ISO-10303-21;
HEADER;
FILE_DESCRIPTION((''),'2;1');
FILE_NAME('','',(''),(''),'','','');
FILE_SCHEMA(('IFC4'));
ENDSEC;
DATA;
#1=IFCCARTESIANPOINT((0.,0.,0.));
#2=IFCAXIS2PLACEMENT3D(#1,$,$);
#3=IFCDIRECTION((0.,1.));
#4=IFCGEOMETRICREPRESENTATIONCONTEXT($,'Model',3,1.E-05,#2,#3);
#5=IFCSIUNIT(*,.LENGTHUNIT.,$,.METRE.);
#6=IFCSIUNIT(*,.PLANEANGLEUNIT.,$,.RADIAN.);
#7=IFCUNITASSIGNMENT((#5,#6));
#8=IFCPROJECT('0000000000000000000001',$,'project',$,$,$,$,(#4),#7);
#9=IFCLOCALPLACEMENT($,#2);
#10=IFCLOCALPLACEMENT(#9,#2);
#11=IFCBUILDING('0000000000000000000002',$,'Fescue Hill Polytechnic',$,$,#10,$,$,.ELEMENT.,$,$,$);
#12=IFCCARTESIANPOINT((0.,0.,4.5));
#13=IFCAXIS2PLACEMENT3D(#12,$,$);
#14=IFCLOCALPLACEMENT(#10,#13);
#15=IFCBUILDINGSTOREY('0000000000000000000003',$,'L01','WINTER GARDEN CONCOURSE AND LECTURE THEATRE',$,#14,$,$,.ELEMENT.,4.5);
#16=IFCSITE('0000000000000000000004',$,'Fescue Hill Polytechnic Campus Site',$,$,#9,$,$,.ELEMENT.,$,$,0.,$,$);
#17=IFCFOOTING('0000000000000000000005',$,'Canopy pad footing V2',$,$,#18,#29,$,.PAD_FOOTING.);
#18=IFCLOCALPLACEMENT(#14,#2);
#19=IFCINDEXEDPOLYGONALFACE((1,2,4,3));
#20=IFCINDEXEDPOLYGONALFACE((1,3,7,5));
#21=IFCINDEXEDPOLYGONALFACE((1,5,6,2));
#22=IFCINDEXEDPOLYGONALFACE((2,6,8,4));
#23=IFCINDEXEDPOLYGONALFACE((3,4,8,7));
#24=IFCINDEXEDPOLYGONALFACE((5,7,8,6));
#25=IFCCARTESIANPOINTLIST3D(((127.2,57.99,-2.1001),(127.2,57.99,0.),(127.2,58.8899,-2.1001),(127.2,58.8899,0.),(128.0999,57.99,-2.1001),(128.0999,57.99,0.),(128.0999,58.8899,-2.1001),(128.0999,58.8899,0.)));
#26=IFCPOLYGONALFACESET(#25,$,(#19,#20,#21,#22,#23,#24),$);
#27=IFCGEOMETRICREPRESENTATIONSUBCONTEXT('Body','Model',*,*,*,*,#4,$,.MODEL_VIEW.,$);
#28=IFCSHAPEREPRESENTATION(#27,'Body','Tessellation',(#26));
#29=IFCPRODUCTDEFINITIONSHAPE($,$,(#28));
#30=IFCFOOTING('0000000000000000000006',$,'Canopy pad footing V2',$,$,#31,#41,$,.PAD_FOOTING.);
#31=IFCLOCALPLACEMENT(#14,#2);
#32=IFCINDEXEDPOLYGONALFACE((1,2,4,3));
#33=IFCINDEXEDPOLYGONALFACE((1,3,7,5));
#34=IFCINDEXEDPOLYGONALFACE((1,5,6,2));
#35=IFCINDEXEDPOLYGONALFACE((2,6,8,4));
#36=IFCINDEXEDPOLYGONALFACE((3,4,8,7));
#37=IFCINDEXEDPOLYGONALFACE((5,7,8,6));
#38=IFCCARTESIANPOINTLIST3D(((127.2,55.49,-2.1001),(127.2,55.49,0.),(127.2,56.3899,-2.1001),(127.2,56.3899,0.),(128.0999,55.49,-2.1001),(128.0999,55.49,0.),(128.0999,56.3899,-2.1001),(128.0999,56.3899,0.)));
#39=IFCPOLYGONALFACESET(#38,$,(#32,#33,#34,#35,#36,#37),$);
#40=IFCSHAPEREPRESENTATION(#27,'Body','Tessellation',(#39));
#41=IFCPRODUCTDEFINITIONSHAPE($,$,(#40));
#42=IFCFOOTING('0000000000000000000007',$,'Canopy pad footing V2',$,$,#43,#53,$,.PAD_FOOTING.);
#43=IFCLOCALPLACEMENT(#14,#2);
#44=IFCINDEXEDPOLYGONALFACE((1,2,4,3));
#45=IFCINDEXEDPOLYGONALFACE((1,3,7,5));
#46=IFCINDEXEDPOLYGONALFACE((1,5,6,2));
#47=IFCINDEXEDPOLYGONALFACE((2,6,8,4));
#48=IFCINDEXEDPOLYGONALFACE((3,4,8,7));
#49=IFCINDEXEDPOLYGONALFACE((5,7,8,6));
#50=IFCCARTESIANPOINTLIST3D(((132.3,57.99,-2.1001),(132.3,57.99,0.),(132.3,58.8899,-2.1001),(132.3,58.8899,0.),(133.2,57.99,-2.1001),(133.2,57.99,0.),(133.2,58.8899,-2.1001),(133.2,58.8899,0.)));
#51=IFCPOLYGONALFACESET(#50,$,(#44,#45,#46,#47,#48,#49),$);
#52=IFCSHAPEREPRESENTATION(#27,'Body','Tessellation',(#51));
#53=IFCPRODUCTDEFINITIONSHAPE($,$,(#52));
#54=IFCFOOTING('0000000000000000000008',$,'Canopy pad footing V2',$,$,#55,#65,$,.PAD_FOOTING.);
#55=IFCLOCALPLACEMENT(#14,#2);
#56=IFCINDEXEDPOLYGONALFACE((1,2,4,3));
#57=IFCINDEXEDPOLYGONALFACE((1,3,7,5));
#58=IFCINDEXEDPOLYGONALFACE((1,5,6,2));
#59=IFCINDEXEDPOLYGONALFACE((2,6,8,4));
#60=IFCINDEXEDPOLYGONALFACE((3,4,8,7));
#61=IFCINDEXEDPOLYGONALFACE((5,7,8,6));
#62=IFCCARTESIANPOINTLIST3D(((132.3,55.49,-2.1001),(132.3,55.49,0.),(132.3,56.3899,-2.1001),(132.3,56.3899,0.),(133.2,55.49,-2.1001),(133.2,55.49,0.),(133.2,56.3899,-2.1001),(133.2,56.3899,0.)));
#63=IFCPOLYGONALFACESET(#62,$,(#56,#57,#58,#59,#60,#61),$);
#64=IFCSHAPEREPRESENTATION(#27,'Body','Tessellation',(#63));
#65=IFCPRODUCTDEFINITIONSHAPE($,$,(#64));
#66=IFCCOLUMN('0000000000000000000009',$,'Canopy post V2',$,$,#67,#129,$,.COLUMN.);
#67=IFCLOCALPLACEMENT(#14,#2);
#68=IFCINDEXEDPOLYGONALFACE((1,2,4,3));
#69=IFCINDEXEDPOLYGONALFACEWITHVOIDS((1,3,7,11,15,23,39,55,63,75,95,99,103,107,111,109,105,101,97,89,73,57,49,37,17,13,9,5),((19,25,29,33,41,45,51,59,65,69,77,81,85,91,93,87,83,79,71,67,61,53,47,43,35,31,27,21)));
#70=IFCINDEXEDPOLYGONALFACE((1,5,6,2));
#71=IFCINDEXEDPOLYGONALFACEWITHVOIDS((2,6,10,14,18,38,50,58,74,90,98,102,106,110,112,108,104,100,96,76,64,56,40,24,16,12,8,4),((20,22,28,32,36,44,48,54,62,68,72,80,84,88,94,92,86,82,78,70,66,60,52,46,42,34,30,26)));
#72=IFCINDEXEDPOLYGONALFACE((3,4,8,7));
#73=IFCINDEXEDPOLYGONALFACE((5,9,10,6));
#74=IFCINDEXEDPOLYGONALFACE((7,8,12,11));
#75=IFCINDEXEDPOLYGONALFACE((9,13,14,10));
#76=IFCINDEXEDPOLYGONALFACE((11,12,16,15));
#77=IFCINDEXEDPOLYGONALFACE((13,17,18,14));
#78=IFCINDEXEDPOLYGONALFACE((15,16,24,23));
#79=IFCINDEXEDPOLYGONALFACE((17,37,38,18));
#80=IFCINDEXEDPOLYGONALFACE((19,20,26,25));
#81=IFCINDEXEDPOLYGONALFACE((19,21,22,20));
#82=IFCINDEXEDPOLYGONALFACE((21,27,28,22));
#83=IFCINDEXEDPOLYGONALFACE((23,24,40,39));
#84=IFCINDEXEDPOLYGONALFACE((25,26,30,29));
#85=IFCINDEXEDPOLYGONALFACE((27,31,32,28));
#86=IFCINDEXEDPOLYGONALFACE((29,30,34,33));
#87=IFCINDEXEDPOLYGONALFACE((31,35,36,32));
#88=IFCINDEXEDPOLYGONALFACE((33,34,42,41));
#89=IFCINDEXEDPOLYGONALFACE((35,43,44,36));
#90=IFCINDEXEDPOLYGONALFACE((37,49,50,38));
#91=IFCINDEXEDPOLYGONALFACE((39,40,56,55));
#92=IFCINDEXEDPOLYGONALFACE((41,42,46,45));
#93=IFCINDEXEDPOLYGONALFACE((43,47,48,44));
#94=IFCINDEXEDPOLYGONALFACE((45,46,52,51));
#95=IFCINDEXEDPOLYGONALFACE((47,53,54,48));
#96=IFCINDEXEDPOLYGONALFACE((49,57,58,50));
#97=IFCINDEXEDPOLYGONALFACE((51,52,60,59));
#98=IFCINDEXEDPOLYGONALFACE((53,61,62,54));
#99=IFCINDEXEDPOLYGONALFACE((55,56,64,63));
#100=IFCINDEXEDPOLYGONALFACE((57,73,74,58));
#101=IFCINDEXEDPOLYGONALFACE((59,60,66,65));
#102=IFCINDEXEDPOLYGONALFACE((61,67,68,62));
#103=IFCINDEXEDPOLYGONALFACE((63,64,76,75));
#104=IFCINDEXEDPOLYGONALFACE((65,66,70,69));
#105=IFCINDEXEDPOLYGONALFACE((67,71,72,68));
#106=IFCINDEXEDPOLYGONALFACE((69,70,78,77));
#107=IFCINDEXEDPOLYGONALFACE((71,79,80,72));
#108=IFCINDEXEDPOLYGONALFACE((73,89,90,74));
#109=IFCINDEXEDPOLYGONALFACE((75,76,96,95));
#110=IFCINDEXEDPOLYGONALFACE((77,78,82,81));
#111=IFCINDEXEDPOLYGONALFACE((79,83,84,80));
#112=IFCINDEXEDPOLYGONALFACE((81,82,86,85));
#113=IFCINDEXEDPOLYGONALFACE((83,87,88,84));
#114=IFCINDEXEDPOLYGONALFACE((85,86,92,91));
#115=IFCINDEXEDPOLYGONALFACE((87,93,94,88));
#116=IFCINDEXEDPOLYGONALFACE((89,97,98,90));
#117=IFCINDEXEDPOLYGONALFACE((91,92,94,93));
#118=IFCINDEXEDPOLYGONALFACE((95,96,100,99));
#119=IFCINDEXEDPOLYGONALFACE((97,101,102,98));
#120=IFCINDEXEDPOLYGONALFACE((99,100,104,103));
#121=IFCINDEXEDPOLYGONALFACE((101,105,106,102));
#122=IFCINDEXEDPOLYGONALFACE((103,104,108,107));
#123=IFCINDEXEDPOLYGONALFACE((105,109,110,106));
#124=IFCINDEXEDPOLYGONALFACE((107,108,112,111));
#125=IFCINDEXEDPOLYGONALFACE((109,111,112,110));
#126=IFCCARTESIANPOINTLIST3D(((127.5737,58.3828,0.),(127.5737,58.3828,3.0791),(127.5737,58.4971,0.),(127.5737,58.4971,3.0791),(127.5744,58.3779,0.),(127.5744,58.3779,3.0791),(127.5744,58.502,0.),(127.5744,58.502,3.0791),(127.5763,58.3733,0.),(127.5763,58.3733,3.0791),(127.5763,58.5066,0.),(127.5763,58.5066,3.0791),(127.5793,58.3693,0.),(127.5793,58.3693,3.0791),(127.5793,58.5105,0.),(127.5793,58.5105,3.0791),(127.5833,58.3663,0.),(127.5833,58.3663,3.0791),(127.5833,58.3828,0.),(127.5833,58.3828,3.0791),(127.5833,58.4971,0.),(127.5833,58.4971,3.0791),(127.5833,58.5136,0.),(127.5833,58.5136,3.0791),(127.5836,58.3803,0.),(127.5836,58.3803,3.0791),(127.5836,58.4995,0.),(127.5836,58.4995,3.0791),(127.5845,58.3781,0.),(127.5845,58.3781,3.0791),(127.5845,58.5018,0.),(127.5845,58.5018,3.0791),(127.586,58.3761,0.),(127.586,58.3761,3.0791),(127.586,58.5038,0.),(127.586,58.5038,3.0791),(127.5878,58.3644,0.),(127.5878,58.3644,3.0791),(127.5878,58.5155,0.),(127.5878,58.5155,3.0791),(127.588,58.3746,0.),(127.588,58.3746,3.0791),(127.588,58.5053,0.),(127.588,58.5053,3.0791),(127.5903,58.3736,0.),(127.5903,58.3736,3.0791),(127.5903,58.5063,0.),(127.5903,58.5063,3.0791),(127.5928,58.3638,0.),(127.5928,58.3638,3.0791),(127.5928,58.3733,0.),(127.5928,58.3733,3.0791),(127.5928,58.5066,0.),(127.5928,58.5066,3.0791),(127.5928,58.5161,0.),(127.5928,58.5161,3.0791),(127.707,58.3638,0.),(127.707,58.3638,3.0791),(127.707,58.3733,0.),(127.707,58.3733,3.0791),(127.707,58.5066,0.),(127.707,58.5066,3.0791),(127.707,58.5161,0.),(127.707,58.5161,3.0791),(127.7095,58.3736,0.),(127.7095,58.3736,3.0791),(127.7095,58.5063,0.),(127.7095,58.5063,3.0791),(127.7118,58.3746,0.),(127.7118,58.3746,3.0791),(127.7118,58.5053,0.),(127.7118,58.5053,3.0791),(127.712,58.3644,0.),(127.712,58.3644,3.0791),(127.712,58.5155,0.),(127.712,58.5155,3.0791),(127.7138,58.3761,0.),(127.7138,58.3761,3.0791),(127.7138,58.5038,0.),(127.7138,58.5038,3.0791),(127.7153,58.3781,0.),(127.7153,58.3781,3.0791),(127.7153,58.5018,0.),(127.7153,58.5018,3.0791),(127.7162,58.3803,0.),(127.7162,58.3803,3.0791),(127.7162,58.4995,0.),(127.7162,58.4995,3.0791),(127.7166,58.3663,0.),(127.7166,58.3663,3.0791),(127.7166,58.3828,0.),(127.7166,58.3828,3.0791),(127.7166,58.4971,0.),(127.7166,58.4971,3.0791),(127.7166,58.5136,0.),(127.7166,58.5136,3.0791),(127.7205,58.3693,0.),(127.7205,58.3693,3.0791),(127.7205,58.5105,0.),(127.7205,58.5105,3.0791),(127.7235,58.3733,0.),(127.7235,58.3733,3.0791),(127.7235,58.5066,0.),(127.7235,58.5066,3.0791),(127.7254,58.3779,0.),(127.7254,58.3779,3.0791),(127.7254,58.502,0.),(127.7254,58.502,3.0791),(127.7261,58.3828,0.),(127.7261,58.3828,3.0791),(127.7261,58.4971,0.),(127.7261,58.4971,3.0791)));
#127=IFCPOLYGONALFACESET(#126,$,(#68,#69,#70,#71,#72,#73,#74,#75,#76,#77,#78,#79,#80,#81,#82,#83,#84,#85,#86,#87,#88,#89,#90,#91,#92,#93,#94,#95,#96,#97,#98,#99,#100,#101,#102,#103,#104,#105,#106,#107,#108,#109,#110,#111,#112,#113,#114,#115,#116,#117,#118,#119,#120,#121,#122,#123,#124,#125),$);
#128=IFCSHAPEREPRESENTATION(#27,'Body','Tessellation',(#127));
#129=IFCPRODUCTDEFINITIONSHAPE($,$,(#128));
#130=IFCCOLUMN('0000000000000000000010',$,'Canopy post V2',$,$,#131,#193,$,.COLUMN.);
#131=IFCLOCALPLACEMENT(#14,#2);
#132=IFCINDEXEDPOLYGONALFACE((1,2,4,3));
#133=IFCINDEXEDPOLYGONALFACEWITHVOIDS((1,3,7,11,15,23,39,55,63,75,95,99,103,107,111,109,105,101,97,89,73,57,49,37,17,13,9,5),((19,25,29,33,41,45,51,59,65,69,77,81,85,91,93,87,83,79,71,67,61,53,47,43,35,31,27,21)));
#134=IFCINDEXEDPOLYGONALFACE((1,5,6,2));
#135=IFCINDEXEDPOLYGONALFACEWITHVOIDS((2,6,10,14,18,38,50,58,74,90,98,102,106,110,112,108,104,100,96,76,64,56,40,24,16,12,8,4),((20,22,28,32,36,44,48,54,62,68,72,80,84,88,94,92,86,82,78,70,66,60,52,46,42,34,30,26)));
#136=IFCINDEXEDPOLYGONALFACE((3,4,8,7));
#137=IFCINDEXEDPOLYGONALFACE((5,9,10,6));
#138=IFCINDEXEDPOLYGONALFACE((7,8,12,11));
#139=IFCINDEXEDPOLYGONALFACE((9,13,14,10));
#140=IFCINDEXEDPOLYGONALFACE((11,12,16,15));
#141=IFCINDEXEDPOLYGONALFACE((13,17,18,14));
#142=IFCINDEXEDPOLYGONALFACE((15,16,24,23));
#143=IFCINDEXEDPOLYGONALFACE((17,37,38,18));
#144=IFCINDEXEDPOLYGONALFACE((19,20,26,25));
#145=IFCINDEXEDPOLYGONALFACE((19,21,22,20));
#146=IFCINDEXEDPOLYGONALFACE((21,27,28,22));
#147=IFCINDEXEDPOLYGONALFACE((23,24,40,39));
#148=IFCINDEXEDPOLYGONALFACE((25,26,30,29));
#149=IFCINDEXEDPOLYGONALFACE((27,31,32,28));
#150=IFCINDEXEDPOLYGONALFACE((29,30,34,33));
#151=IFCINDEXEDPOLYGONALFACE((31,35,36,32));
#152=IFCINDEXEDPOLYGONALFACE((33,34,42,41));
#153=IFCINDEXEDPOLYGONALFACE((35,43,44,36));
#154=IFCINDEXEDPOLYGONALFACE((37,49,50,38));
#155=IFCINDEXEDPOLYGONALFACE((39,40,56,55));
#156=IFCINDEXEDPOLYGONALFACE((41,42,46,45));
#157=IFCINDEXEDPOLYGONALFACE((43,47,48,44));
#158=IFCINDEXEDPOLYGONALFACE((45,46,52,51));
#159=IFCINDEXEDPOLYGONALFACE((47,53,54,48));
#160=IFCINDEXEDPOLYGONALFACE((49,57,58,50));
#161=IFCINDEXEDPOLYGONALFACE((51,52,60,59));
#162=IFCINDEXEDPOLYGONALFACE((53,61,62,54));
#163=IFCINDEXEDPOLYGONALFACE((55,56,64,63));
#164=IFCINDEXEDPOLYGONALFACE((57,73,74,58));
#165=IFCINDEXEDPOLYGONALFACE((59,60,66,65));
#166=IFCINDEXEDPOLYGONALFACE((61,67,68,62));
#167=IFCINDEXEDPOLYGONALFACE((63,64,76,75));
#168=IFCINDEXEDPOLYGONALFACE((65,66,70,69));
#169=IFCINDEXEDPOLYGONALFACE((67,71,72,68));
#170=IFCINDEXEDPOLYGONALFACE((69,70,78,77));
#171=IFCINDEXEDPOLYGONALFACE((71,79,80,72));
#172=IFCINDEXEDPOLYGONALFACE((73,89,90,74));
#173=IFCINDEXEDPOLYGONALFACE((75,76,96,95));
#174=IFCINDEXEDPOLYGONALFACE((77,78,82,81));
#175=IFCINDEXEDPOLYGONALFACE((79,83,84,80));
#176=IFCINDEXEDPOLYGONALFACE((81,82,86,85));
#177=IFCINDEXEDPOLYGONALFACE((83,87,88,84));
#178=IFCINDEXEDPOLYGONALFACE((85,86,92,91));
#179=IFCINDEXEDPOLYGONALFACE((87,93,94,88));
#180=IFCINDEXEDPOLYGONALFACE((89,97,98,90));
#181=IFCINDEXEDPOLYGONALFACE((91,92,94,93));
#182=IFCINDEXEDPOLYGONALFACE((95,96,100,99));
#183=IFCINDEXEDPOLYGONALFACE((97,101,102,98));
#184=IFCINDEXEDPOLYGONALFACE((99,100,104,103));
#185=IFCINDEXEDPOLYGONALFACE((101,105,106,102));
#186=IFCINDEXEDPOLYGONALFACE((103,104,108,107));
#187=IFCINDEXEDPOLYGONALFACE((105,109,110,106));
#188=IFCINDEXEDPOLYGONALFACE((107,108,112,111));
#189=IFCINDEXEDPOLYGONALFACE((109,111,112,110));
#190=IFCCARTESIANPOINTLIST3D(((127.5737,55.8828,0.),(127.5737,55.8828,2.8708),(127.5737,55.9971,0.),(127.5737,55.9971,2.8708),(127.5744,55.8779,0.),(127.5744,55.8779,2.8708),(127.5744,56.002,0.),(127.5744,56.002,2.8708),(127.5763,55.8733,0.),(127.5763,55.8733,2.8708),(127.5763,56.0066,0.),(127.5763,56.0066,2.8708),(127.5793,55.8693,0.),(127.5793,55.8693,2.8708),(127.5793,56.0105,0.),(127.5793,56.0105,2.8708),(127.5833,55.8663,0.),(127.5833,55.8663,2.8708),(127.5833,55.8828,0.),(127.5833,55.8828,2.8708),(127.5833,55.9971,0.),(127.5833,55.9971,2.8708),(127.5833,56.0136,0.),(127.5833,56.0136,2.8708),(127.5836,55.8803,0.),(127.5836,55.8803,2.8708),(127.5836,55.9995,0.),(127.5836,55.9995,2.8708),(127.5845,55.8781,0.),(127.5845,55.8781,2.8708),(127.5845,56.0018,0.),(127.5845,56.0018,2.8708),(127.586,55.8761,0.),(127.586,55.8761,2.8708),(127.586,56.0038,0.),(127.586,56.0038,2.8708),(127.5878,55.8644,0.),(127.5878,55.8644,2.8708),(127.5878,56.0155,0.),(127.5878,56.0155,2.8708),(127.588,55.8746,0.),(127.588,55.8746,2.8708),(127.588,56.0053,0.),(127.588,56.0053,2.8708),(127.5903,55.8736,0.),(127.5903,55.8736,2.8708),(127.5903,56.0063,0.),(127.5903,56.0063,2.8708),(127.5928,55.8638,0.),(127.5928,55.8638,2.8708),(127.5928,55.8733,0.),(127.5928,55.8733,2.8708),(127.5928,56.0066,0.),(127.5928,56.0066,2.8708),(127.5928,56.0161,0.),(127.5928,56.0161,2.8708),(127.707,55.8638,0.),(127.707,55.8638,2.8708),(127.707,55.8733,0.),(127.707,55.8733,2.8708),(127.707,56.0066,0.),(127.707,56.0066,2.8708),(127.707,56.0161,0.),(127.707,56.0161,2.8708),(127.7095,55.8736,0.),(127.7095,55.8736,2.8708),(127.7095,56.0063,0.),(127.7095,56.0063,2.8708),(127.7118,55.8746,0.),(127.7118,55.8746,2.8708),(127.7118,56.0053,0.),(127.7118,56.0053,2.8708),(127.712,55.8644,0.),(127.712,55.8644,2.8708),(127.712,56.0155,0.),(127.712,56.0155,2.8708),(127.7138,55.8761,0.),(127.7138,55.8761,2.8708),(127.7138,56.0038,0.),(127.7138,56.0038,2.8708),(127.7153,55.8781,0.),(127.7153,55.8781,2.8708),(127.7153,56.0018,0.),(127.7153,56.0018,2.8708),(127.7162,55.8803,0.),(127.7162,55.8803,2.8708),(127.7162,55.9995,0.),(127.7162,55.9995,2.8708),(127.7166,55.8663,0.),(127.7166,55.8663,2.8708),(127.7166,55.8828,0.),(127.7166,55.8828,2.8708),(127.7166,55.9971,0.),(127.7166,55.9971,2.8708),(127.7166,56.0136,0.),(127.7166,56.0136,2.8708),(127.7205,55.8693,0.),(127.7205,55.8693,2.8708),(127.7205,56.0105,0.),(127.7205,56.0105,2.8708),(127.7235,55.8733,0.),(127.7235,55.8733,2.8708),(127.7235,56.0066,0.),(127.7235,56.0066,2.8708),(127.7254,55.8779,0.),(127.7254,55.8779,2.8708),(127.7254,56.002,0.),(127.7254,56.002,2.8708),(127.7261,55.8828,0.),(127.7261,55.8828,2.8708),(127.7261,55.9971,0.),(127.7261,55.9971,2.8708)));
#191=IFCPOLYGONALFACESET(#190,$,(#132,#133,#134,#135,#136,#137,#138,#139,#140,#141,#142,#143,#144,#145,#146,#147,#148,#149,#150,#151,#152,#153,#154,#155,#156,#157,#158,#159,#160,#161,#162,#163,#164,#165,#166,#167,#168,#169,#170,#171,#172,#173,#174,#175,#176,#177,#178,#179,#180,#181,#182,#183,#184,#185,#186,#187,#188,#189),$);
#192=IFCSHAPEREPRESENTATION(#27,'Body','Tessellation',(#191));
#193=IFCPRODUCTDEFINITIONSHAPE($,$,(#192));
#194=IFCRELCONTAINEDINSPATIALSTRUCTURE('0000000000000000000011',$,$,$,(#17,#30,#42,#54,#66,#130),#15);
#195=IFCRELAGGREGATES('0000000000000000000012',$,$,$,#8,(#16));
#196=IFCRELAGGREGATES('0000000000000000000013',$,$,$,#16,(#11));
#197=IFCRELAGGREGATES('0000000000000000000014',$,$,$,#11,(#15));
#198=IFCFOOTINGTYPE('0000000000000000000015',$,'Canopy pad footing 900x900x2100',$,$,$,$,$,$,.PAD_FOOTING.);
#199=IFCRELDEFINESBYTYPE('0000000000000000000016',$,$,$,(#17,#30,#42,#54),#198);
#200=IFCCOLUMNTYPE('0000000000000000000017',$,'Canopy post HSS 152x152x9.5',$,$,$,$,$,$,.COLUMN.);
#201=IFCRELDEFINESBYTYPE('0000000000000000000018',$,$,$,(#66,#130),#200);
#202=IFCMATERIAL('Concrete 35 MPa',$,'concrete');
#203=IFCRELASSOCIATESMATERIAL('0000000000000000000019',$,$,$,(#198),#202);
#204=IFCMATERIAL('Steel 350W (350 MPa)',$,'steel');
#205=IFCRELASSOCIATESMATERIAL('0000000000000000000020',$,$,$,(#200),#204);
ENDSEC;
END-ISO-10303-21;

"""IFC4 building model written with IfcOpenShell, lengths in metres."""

from ifc_helpers import new_model, si_unit, direction, frame, origin, origin_2d, place, context, subcontext, project, spatial, rectangle, hollow_rectangle, extrude, material, material_profile, profile_set, type_object, element, save


model = new_model("IFC4")

# Units and contexts
model_context = context("Model", 3, precision=1e-05, world=origin(), true_north=direction((0.0, 1.0)))
body_context = subcontext(model_context, "Body", "Model", "MODEL_VIEW")
ifc_project = project(units=[si_unit("LENGTHUNIT", "METRE"), si_unit("PLANEANGLEUNIT", "RADIAN")], contexts=[model_context])

# Site, building, storey
site_placement = place(None, origin())
site = spatial("IfcSite", under=ifc_project, at=site_placement, Name="Fescue Hill Polytechnic Campus Site", CompositionType="ELEMENT", RefElevation=0.0)
building_placement = place(site_placement, origin())
building = spatial("IfcBuilding", under=site, at=building_placement, Name="Fescue Hill Polytechnic", CompositionType="ELEMENT")
storey_placement = place(building_placement, frame((0.0, 0.0, 4.5)))
storey = spatial("IfcBuildingStorey", under=building, at=storey_placement, Name="L01", Description="WINTER GARDEN CONCOURSE AND LECTURE THEATRE", CompositionType="ELEMENT", Elevation=4.5)

# Footings
ifc_material_1 = material(Name="Concrete 35 MPa", Category="concrete")
footing_type = type_object("IfcFootingType", Name="Canopy pad footing 900x900x2100", PredefinedType="PAD_FOOTING", material=ifc_material_1)
for number, where, z_axis, x_axis, name in (
    (1, (127.6499, 58.4399, -2.1001), (0.0, 0.0, 1.0), (1.0, 0.0, 0.0), "Canopy pad footing V2"),
    (2, (127.6499, 55.9399, -2.1001), (0.0, 0.0, 1.0), (1.0, 0.0, 0.0), "Canopy pad footing V2"),
    (3, (132.75, 58.4399, -2.1001), (0.0, 0.0, 1.0), (1.0, 0.0, 0.0), "Canopy pad footing V2"),
    (4, (132.75, 55.9399, -2.1001), (0.0, 0.0, 1.0), (1.0, 0.0, 0.0), "Canopy pad footing V2"),
):
    element("IfcFooting", number, at=place(storey_placement, frame(where, z_axis=z_axis, x_axis=x_axis)), inside=storey, type_object=footing_type, Name=name, PredefinedType="PAD_FOOTING", context=body_context, shape_type="SweptSolid", body=[
        extrude(rectangle(XDim=0.8999, YDim=0.8999, at=origin_2d()), origin(), (0.0, 0.0, 1.0), 2.1001),
    ])

# Columns
ifc_material_2 = material(Name="Steel 350W (350 MPa)", Category="steel")
ifc_material_profile_1 = material_profile(ifc_material_2, hollow_rectangle(XDim=0.1523, YDim=0.1523, WallThickness=0.0095, InnerFilletRadius=0.0095, OuterFilletRadius=0.019, at=origin_2d()), Name="Canopy post HSS 152x152x9.5")
ifc_profile_set_1 = profile_set([ifc_material_profile_1], Name="Steel 350W (350 MPa)")
column_type_1 = type_object("IfcColumnType", Name="Canopy post HSS 152x152x9.5", PredefinedType="COLUMN", material=ifc_profile_set_1)
column_1_placement = place(storey_placement, frame((127.6499, 58.4399, 0.0), z_axis=(0.0, 0.0, 1.0), x_axis=(1.0, 0.0, 0.0)))
element("IfcColumn", 5, at=column_1_placement, inside=storey, type_object=column_type_1, Name="Canopy post V2", PredefinedType="COLUMN", context=body_context, shape_type="SweptSolid", body=[
    extrude(hollow_rectangle(XDim=0.1523, YDim=0.1523, WallThickness=0.0095, InnerFilletRadius=0.0095, OuterFilletRadius=0.019, at=origin_2d()), origin(), (0.0, 0.0, 1.0), 3.0791),
])
column_2_placement = place(storey_placement, frame((127.6499, 55.9399, 0.0), z_axis=(0.0, 0.0, 1.0), x_axis=(1.0, 0.0, 0.0)))
element("IfcColumn", 6, at=column_2_placement, inside=storey, type_object=column_type_1, Name="Canopy post V2", PredefinedType="COLUMN", context=body_context, shape_type="SweptSolid", body=[
    extrude(hollow_rectangle(XDim=0.1523, YDim=0.1523, WallThickness=0.0095, InnerFilletRadius=0.0095, OuterFilletRadius=0.019, at=origin_2d()), origin(), (0.0, 0.0, 1.0), 2.8708),
])

save(model, "model.ifc")
